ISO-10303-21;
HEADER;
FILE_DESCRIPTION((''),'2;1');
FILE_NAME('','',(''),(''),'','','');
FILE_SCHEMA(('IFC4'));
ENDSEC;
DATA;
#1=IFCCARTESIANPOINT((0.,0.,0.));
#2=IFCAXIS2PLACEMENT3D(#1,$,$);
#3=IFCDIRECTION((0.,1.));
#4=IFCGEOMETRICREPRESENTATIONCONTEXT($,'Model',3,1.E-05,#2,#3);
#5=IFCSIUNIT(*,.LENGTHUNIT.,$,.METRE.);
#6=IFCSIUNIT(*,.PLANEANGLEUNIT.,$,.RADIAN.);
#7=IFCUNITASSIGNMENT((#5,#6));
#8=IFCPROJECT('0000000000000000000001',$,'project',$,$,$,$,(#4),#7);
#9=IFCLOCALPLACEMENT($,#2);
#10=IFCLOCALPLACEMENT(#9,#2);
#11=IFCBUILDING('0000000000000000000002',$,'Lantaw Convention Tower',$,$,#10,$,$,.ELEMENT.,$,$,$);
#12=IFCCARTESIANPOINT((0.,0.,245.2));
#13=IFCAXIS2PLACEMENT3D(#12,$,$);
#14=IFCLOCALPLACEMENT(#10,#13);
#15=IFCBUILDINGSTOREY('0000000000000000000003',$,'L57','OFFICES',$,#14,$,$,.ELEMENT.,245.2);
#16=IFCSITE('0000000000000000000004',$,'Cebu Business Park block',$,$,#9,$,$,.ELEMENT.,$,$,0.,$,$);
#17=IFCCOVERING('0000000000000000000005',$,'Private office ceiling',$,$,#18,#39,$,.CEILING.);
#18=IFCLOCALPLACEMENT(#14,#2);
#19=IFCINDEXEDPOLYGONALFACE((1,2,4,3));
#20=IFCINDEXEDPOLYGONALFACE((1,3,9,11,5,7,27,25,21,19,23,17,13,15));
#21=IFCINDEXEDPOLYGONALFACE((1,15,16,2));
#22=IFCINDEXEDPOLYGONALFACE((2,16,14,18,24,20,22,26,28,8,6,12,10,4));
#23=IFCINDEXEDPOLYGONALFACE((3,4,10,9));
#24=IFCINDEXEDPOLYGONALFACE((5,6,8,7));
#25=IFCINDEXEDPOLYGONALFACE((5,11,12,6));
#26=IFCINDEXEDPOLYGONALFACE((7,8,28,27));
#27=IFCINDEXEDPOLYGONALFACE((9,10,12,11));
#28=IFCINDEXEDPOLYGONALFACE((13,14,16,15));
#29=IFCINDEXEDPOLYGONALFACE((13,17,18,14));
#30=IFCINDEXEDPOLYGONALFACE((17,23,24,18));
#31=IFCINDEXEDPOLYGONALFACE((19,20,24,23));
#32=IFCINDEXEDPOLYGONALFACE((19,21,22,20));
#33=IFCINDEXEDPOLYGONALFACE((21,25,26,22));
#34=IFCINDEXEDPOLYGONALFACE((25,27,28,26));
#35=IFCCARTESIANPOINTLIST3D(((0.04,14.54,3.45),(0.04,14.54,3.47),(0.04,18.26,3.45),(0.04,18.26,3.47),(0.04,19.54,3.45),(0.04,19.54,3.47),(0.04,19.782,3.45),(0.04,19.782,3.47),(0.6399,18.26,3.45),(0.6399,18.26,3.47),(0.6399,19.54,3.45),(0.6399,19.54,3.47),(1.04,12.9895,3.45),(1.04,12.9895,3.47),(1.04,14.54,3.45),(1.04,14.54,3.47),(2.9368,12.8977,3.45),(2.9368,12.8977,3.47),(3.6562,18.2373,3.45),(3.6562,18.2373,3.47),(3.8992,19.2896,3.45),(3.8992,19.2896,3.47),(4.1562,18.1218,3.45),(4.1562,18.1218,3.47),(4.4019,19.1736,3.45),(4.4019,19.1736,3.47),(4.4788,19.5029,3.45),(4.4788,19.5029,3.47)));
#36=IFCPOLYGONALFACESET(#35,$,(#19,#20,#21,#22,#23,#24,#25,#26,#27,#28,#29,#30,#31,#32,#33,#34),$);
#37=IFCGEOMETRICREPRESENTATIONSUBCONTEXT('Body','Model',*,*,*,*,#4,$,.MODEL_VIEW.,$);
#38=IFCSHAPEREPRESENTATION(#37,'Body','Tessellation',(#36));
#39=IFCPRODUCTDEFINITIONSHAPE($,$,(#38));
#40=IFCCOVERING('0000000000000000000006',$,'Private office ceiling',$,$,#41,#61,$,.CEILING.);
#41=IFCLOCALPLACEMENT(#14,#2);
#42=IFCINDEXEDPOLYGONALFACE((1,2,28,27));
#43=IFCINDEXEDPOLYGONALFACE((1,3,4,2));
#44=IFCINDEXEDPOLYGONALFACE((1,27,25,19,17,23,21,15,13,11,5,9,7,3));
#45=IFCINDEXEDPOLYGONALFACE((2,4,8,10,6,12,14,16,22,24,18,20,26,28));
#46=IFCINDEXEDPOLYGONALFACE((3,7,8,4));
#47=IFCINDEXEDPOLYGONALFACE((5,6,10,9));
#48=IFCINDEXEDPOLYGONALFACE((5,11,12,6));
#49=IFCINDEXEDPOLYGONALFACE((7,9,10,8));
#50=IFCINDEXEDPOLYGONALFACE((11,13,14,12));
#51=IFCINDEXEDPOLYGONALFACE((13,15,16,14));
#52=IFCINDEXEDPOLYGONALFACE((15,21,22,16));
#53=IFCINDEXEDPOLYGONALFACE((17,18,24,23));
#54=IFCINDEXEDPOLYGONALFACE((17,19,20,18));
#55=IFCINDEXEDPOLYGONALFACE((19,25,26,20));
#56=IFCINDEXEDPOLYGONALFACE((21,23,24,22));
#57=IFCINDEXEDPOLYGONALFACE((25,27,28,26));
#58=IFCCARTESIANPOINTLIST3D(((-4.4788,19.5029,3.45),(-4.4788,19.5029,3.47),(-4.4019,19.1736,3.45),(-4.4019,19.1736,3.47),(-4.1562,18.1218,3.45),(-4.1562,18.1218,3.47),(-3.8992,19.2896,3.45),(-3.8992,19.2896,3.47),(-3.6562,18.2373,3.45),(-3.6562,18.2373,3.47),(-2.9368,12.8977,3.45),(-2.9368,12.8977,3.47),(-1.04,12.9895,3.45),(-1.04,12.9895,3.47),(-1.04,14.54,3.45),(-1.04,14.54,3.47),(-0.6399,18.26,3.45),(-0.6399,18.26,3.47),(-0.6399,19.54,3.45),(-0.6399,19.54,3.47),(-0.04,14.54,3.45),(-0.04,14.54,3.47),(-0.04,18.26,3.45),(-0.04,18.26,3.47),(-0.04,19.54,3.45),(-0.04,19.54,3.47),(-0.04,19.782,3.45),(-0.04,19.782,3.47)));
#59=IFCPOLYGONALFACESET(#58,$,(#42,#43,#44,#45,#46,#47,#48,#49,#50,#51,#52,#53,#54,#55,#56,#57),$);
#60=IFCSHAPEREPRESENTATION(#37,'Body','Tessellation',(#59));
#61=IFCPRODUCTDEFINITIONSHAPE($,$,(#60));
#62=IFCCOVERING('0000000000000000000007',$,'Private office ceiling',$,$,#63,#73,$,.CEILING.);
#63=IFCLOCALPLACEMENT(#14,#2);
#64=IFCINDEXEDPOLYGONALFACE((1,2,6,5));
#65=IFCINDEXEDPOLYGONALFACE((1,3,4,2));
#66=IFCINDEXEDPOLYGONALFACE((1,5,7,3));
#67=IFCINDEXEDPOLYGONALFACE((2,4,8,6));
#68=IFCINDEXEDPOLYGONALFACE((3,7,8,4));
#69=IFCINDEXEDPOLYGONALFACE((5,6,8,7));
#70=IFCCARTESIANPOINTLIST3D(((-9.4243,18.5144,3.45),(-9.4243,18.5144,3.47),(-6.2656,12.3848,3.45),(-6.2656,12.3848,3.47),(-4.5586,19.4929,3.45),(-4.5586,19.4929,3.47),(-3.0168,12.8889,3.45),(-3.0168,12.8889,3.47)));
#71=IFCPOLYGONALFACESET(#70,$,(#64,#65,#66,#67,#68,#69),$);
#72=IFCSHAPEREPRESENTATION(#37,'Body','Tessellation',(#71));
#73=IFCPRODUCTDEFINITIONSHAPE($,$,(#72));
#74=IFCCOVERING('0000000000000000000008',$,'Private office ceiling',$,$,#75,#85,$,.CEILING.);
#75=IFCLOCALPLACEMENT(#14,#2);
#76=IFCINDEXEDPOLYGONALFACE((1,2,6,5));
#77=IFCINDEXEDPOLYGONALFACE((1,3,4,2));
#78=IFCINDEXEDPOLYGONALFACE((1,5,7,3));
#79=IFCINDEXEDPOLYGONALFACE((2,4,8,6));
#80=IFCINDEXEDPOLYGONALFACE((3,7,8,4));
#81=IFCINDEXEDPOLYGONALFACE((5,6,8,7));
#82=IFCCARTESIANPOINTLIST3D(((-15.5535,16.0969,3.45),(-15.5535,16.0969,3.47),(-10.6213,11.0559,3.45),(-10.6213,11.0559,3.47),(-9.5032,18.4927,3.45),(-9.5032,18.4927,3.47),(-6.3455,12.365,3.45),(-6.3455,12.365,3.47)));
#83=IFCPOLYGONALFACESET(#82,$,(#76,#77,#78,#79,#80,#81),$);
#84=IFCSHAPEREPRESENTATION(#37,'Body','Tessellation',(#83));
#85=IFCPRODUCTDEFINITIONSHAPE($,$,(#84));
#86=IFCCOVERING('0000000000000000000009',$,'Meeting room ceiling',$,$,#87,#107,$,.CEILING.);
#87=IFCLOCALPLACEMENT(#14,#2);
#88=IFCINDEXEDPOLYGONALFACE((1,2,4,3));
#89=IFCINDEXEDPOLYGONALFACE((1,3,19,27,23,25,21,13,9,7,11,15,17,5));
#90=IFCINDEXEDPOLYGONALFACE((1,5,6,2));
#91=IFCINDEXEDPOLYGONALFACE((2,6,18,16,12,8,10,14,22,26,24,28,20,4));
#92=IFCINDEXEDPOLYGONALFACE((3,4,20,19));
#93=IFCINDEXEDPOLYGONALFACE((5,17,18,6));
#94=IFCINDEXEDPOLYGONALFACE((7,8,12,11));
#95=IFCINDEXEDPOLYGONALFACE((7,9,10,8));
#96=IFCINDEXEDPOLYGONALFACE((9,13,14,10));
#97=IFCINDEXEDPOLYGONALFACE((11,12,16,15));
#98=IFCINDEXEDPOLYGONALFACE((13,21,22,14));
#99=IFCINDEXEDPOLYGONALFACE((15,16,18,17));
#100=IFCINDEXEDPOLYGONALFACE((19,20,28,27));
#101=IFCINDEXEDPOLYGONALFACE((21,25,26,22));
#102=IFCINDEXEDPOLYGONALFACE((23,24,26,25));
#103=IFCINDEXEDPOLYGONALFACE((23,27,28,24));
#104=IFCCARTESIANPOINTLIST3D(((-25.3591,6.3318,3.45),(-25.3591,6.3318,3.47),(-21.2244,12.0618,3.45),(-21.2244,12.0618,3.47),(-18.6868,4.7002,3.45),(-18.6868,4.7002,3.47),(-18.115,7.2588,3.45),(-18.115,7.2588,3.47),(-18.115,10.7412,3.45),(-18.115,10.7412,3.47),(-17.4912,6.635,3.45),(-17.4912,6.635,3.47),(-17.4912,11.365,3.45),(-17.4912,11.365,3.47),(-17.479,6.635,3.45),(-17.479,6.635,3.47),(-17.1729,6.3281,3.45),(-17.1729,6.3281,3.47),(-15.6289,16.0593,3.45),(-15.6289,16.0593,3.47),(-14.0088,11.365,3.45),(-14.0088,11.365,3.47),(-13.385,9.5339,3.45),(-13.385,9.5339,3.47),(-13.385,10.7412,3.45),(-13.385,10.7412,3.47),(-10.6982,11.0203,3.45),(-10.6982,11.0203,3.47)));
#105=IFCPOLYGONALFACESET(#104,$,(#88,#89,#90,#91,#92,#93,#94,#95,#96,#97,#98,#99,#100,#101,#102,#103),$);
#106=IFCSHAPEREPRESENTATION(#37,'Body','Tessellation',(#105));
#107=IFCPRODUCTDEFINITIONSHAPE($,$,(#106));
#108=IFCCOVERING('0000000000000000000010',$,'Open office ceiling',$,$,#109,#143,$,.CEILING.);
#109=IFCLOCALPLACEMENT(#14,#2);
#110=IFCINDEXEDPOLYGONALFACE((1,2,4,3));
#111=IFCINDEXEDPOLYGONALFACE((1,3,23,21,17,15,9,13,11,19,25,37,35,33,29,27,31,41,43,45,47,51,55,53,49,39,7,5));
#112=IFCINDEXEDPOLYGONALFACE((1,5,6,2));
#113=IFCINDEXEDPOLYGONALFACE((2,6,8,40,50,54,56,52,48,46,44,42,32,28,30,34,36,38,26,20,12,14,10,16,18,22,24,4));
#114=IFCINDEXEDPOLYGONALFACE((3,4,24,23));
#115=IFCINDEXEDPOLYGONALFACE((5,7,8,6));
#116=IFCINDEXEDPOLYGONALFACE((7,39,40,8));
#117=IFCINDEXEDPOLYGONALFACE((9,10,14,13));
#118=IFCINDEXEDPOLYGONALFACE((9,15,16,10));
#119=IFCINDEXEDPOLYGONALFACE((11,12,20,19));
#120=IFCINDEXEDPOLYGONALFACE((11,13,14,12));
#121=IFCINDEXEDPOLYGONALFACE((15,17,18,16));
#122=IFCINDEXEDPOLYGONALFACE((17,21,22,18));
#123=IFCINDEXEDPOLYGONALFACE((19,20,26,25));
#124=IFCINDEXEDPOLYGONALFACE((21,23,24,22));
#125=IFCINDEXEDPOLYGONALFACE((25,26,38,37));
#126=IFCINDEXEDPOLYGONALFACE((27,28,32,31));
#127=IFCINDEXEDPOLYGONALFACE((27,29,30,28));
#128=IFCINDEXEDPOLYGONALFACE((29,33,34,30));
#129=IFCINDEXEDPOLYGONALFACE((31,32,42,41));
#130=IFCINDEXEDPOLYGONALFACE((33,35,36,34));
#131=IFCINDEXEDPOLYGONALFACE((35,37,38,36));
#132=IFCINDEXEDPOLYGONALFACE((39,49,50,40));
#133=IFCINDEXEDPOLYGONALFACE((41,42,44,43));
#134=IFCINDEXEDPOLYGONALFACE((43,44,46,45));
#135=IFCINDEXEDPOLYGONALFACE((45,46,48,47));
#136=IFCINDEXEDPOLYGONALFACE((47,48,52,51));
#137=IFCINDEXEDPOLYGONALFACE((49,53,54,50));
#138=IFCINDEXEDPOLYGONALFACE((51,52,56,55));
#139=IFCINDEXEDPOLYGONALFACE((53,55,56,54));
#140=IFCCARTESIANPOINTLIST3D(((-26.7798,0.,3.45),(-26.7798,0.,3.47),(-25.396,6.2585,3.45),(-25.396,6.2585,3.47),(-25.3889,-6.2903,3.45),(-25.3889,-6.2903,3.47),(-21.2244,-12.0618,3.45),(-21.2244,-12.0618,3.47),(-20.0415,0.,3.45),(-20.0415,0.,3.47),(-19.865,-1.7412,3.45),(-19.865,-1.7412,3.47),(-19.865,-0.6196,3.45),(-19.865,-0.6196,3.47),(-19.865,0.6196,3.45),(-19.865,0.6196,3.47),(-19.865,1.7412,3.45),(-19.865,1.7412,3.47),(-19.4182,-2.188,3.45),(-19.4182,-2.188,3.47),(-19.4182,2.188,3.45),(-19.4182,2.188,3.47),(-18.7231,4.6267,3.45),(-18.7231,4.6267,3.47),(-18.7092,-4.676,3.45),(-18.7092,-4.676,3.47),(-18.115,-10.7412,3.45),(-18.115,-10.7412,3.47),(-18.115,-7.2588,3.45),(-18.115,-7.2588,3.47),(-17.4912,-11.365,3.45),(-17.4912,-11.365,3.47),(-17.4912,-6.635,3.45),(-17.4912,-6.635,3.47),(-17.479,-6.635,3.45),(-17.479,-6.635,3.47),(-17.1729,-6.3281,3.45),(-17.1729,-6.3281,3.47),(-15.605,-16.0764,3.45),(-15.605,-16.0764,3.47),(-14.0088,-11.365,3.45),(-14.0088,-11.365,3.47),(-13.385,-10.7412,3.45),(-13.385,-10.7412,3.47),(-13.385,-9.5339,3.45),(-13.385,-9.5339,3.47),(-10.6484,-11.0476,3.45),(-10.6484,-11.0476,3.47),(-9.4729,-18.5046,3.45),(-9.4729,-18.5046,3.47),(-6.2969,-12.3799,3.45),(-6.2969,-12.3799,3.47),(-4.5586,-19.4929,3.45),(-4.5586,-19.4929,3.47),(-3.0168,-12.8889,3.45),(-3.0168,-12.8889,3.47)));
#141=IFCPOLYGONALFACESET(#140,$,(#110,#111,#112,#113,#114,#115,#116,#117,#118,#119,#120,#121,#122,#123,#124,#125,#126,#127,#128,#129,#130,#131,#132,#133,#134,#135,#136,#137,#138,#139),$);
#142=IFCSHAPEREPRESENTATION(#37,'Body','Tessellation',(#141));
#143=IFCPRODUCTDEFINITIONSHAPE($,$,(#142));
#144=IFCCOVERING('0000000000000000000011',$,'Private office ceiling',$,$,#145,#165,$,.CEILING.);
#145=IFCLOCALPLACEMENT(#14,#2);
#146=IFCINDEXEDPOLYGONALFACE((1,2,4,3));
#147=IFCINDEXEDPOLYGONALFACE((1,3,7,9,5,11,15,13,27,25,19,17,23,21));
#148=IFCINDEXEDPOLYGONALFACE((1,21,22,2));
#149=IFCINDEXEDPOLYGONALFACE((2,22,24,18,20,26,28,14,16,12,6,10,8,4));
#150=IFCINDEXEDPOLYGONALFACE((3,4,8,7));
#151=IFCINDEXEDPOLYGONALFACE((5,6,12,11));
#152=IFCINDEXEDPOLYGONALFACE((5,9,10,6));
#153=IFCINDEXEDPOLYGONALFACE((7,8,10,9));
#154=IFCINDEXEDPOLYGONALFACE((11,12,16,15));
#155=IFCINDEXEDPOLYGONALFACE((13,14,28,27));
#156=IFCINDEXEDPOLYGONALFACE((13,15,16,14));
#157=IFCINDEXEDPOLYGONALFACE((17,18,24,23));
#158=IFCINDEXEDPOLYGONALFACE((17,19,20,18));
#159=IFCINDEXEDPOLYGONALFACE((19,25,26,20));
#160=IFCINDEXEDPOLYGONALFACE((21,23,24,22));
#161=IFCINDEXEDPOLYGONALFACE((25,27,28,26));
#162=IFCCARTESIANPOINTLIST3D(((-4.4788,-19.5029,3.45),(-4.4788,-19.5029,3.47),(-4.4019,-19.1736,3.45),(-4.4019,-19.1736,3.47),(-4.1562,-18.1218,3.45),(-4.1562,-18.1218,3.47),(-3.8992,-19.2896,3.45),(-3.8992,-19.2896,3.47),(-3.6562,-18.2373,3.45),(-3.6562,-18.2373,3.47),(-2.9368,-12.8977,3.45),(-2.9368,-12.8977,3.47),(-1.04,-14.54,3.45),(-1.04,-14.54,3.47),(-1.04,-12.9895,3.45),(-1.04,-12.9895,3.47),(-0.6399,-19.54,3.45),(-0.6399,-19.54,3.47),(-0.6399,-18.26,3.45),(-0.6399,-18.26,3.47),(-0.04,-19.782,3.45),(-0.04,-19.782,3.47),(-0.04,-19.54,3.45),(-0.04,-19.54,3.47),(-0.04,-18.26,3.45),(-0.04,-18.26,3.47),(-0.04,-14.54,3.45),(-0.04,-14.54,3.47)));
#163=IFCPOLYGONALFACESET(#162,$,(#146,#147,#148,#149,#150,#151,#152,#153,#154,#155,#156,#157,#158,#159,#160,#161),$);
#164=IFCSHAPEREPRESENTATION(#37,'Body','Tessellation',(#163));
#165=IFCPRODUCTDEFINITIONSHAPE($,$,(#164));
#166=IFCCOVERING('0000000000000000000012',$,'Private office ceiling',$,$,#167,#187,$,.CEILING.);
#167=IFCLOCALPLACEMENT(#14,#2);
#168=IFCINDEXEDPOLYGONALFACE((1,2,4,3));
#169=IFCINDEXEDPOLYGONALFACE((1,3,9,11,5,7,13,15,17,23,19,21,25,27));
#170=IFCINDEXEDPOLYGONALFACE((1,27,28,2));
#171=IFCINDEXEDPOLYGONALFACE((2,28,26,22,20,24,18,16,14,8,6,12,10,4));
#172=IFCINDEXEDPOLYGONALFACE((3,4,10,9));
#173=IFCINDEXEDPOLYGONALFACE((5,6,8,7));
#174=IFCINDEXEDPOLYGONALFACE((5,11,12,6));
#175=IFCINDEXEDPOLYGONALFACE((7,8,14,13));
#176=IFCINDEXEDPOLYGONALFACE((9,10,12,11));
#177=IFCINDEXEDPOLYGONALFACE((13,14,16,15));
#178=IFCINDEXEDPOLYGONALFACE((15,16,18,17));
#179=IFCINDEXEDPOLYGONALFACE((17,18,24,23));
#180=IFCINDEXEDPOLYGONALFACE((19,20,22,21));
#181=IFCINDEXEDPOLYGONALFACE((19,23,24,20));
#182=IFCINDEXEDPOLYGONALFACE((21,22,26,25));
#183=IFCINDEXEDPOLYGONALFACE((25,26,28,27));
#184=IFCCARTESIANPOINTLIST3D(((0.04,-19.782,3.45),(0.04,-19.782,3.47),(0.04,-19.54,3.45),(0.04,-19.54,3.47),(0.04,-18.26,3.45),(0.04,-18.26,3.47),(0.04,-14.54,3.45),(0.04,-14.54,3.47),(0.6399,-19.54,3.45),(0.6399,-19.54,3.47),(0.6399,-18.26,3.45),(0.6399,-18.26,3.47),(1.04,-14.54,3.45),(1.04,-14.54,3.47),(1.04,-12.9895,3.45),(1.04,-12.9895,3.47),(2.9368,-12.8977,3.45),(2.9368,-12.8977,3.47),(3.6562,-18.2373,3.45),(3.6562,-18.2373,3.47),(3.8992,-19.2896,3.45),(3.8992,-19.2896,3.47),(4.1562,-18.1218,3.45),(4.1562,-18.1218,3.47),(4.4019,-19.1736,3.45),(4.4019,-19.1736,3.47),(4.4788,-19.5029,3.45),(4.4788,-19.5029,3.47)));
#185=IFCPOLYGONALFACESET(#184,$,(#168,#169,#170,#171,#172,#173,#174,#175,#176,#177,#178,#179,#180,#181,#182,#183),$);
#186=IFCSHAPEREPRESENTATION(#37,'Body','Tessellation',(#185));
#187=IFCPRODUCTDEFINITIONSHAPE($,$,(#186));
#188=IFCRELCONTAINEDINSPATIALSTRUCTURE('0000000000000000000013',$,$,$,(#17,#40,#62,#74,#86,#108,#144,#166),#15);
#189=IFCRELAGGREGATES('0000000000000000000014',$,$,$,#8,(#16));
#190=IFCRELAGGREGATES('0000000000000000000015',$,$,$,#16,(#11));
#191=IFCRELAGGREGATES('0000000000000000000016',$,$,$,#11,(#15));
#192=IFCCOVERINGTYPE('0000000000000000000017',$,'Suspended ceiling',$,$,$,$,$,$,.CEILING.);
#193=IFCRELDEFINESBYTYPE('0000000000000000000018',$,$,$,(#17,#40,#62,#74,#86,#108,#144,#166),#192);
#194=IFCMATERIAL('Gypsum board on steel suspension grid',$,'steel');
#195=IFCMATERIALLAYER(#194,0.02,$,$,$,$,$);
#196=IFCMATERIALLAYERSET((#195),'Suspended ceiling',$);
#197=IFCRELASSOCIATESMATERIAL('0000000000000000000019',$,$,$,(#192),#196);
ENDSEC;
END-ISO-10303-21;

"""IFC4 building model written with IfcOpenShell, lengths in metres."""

from ifc_helpers import new_model, si_unit, direction, frame, origin, place, context, subcontext, project, spatial, polyline, outline, extrude, material, layer, layer_set, type_object, element, save


model = new_model("IFC4")

# Units and contexts
model_context = context("Model", 3, precision=1e-05, world=origin(), true_north=direction((0.0, 1.0)))
body_context = subcontext(model_context, "Body", "Model", "MODEL_VIEW")
ifc_project = project(units=[si_unit("LENGTHUNIT", "METRE"), si_unit("PLANEANGLEUNIT", "RADIAN")], contexts=[model_context])

# Site, building, storey
site_placement = place(None, origin())
site = spatial("IfcSite", under=ifc_project, at=site_placement, Name="Cebu Business Park block", CompositionType="ELEMENT", RefElevation=0.0)
building_placement = place(site_placement, origin())
building = spatial("IfcBuilding", under=site, at=building_placement, Name="Lantaw Convention Tower", CompositionType="ELEMENT")
storey_placement = place(building_placement, frame((0.0, 0.0, 245.2)))
storey = spatial("IfcBuildingStorey", under=building, at=storey_placement, Name="L57", Description="OFFICES", CompositionType="ELEMENT", Elevation=245.2)

# Coverings
ifc_material_1 = material(Name="Gypsum board on steel suspension grid", Category="steel")
ifc_layer_1 = layer(ifc_material_1, 0.02)
ifc_layer_set_1 = layer_set([ifc_layer_1], Name="Suspended ceiling")
covering_type = type_object("IfcCoveringType", Name="Suspended ceiling", PredefinedType="CEILING", material=ifc_layer_set_1)
covering_1_placement = place(storey_placement, frame((0.0, 0.0, 3.45)))
element("IfcCovering", 1, at=covering_1_placement, inside=storey, type_object=covering_type, Name="Private office ceiling", PredefinedType="CEILING", context=body_context, shape_type="SweptSolid", body=[
    extrude(outline(polyline([(1.04, 12.9895), (2.9368, 12.8977), (4.1562, 18.1218), (3.6562, 18.2373), (3.8992, 19.2896), (4.4019, 19.1736), (4.4788, 19.5029), (0.04, 19.782), (0.04, 19.54), (0.6399, 19.54), (0.6399, 18.26), (0.04, 18.26), (0.04, 14.54), (1.04, 14.54), (1.04, 12.9895)])), origin(), (0.0, 0.0, 1.0), 0.02),
])
covering_2_placement = place(storey_placement, frame((0.0, 0.0, 3.45)))
element("IfcCovering", 2, at=covering_2_placement, inside=storey, type_object=covering_type, Name="Private office ceiling", PredefinedType="CEILING", context=body_context, shape_type="SweptSolid", body=[
    extrude(outline(polyline([(-2.9368, 12.8977), (-1.04, 12.9895), (-1.04, 14.54), (-0.04, 14.54), (-0.04, 18.26), (-0.6399, 18.26), (-0.6399, 19.54), (-0.04, 19.54), (-0.04, 19.782), (-4.4788, 19.5029), (-4.4019, 19.1736), (-3.8992, 19.2896), (-3.6562, 18.2373), (-4.1562, 18.1218), (-2.9368, 12.8977)])), origin(), (0.0, 0.0, 1.0), 0.02),
])
covering_3_placement = place(storey_placement, frame((0.0, 0.0, 3.45)))
element("IfcCovering", 3, at=covering_3_placement, inside=storey, type_object=covering_type, Name="Private office ceiling", PredefinedType="CEILING", context=body_context, shape_type="SweptSolid", body=[
    extrude(outline(polyline([(-3.0168, 12.8889), (-4.5586, 19.4929), (-9.4243, 18.5144), (-6.2656, 12.3848), (-3.0168, 12.8889)])), origin(), (0.0, 0.0, 1.0), 0.02),
])
covering_4_placement = place(storey_placement, frame((0.0, 0.0, 3.45)))
element("IfcCovering", 4, at=covering_4_placement, inside=storey, type_object=covering_type, Name="Private office ceiling", PredefinedType="CEILING", context=body_context, shape_type="SweptSolid", body=[
    extrude(outline(polyline([(-6.3455, 12.365), (-9.5032, 18.4927), (-15.5535, 16.0969), (-10.6213, 11.0559), (-6.3455, 12.365)])), origin(), (0.0, 0.0, 1.0), 0.02),
])
covering_5_placement = place(storey_placement, frame((0.0, 0.0, 3.45)))
element("IfcCovering", 5, at=covering_5_placement, inside=storey, type_object=covering_type, Name="Meeting room ceiling", PredefinedType="CEILING", context=body_context, shape_type="SweptSolid", body=[
    extrude(outline(polyline([(-17.479, 6.635), (-17.4912, 6.635), (-18.115, 7.2588), (-18.115, 10.7412), (-17.4912, 11.365), (-14.0088, 11.365), (-13.385, 10.7412), (-13.385, 9.5339), (-10.6982, 11.0203), (-15.6289, 16.0593), (-21.2244, 12.0618), (-25.3591, 6.3318), (-18.6868, 4.7002), (-17.1729, 6.3281), (-17.479, 6.635)])), origin(), (0.0, 0.0, 1.0), 0.02),
])
covering_6_placement = place(storey_placement, frame((0.0, 0.0, 3.45)))
element("IfcCovering", 6, at=covering_6_placement, inside=storey, type_object=covering_type, Name="Open office ceiling", PredefinedType="CEILING", context=body_context, shape_type="SweptSolid", body=[
    extrude(outline(polyline([(-19.865, 0.6196), (-19.865, 1.7412), (-19.4182, 2.188), (-18.7231, 4.6267), (-25.396, 6.2585), (-26.7798, 0.0), (-25.3889, -6.2903), (-21.2244, -12.0618), (-15.605, -16.0764), (-9.4729, -18.5046), (-4.5586, -19.4929), (-3.0168, -12.8889), (-6.2969, -12.3799), (-10.6484, -11.0476), (-13.385, -9.5339), (-13.385, -10.7412), (-14.0088, -11.365), (-17.4912, -11.365), (-18.115, -10.7412), (-18.115, -7.2588), (-17.4912, -6.635), (-17.479, -6.635), (-17.1729, -6.3281), (-18.7092, -4.676), (-19.4182, -2.188), (-19.865, -1.7412), (-19.865, -0.6196), (-20.0415, 0.0), (-19.865, 0.6196)])), origin(), (0.0, 0.0, 1.0), 0.02),
])
covering_7_placement = place(storey_placement, frame((0.0, 0.0, 3.45)))
element("IfcCovering", 7, at=covering_7_placement, inside=storey, type_object=covering_type, Name="Private office ceiling", PredefinedType="CEILING", context=body_context, shape_type="SweptSolid", body=[
    extrude(outline(polyline([(-1.04, -12.9895), (-2.9368, -12.8977), (-4.1562, -18.1218), (-3.6562, -18.2373), (-3.8992, -19.2896), (-4.4019, -19.1736), (-4.4788, -19.5029), (-0.04, -19.782), (-0.04, -19.54), (-0.6399, -19.54), (-0.6399, -18.26), (-0.04, -18.26), (-0.04, -14.54), (-1.04, -14.54), (-1.04, -12.9895)])), origin(), (0.0, 0.0, 1.0), 0.02),
])
covering_8_placement = place(storey_placement, frame((0.0, 0.0, 3.45)))
element("IfcCovering", 8, at=covering_8_placement, inside=storey, type_object=covering_type, Name="Private office ceiling", PredefinedType="CEILING", context=body_context, shape_type="SweptSolid", body=[
    extrude(outline(polyline([(2.9368, -12.8977), (1.04, -12.9895), (1.04, -14.54), (0.04, -14.54), (0.04, -18.26), (0.6399, -18.26), (0.6399, -19.54), (0.04, -19.54), (0.04, -19.782), (4.4788, -19.5029), (4.4019, -19.1736), (3.8992, -19.2896), (3.6562, -18.2373), (4.1562, -18.1218), (2.9368, -12.8977)])), origin(), (0.0, 0.0, 1.0), 0.02),
])

save(model, "model.ifc")
